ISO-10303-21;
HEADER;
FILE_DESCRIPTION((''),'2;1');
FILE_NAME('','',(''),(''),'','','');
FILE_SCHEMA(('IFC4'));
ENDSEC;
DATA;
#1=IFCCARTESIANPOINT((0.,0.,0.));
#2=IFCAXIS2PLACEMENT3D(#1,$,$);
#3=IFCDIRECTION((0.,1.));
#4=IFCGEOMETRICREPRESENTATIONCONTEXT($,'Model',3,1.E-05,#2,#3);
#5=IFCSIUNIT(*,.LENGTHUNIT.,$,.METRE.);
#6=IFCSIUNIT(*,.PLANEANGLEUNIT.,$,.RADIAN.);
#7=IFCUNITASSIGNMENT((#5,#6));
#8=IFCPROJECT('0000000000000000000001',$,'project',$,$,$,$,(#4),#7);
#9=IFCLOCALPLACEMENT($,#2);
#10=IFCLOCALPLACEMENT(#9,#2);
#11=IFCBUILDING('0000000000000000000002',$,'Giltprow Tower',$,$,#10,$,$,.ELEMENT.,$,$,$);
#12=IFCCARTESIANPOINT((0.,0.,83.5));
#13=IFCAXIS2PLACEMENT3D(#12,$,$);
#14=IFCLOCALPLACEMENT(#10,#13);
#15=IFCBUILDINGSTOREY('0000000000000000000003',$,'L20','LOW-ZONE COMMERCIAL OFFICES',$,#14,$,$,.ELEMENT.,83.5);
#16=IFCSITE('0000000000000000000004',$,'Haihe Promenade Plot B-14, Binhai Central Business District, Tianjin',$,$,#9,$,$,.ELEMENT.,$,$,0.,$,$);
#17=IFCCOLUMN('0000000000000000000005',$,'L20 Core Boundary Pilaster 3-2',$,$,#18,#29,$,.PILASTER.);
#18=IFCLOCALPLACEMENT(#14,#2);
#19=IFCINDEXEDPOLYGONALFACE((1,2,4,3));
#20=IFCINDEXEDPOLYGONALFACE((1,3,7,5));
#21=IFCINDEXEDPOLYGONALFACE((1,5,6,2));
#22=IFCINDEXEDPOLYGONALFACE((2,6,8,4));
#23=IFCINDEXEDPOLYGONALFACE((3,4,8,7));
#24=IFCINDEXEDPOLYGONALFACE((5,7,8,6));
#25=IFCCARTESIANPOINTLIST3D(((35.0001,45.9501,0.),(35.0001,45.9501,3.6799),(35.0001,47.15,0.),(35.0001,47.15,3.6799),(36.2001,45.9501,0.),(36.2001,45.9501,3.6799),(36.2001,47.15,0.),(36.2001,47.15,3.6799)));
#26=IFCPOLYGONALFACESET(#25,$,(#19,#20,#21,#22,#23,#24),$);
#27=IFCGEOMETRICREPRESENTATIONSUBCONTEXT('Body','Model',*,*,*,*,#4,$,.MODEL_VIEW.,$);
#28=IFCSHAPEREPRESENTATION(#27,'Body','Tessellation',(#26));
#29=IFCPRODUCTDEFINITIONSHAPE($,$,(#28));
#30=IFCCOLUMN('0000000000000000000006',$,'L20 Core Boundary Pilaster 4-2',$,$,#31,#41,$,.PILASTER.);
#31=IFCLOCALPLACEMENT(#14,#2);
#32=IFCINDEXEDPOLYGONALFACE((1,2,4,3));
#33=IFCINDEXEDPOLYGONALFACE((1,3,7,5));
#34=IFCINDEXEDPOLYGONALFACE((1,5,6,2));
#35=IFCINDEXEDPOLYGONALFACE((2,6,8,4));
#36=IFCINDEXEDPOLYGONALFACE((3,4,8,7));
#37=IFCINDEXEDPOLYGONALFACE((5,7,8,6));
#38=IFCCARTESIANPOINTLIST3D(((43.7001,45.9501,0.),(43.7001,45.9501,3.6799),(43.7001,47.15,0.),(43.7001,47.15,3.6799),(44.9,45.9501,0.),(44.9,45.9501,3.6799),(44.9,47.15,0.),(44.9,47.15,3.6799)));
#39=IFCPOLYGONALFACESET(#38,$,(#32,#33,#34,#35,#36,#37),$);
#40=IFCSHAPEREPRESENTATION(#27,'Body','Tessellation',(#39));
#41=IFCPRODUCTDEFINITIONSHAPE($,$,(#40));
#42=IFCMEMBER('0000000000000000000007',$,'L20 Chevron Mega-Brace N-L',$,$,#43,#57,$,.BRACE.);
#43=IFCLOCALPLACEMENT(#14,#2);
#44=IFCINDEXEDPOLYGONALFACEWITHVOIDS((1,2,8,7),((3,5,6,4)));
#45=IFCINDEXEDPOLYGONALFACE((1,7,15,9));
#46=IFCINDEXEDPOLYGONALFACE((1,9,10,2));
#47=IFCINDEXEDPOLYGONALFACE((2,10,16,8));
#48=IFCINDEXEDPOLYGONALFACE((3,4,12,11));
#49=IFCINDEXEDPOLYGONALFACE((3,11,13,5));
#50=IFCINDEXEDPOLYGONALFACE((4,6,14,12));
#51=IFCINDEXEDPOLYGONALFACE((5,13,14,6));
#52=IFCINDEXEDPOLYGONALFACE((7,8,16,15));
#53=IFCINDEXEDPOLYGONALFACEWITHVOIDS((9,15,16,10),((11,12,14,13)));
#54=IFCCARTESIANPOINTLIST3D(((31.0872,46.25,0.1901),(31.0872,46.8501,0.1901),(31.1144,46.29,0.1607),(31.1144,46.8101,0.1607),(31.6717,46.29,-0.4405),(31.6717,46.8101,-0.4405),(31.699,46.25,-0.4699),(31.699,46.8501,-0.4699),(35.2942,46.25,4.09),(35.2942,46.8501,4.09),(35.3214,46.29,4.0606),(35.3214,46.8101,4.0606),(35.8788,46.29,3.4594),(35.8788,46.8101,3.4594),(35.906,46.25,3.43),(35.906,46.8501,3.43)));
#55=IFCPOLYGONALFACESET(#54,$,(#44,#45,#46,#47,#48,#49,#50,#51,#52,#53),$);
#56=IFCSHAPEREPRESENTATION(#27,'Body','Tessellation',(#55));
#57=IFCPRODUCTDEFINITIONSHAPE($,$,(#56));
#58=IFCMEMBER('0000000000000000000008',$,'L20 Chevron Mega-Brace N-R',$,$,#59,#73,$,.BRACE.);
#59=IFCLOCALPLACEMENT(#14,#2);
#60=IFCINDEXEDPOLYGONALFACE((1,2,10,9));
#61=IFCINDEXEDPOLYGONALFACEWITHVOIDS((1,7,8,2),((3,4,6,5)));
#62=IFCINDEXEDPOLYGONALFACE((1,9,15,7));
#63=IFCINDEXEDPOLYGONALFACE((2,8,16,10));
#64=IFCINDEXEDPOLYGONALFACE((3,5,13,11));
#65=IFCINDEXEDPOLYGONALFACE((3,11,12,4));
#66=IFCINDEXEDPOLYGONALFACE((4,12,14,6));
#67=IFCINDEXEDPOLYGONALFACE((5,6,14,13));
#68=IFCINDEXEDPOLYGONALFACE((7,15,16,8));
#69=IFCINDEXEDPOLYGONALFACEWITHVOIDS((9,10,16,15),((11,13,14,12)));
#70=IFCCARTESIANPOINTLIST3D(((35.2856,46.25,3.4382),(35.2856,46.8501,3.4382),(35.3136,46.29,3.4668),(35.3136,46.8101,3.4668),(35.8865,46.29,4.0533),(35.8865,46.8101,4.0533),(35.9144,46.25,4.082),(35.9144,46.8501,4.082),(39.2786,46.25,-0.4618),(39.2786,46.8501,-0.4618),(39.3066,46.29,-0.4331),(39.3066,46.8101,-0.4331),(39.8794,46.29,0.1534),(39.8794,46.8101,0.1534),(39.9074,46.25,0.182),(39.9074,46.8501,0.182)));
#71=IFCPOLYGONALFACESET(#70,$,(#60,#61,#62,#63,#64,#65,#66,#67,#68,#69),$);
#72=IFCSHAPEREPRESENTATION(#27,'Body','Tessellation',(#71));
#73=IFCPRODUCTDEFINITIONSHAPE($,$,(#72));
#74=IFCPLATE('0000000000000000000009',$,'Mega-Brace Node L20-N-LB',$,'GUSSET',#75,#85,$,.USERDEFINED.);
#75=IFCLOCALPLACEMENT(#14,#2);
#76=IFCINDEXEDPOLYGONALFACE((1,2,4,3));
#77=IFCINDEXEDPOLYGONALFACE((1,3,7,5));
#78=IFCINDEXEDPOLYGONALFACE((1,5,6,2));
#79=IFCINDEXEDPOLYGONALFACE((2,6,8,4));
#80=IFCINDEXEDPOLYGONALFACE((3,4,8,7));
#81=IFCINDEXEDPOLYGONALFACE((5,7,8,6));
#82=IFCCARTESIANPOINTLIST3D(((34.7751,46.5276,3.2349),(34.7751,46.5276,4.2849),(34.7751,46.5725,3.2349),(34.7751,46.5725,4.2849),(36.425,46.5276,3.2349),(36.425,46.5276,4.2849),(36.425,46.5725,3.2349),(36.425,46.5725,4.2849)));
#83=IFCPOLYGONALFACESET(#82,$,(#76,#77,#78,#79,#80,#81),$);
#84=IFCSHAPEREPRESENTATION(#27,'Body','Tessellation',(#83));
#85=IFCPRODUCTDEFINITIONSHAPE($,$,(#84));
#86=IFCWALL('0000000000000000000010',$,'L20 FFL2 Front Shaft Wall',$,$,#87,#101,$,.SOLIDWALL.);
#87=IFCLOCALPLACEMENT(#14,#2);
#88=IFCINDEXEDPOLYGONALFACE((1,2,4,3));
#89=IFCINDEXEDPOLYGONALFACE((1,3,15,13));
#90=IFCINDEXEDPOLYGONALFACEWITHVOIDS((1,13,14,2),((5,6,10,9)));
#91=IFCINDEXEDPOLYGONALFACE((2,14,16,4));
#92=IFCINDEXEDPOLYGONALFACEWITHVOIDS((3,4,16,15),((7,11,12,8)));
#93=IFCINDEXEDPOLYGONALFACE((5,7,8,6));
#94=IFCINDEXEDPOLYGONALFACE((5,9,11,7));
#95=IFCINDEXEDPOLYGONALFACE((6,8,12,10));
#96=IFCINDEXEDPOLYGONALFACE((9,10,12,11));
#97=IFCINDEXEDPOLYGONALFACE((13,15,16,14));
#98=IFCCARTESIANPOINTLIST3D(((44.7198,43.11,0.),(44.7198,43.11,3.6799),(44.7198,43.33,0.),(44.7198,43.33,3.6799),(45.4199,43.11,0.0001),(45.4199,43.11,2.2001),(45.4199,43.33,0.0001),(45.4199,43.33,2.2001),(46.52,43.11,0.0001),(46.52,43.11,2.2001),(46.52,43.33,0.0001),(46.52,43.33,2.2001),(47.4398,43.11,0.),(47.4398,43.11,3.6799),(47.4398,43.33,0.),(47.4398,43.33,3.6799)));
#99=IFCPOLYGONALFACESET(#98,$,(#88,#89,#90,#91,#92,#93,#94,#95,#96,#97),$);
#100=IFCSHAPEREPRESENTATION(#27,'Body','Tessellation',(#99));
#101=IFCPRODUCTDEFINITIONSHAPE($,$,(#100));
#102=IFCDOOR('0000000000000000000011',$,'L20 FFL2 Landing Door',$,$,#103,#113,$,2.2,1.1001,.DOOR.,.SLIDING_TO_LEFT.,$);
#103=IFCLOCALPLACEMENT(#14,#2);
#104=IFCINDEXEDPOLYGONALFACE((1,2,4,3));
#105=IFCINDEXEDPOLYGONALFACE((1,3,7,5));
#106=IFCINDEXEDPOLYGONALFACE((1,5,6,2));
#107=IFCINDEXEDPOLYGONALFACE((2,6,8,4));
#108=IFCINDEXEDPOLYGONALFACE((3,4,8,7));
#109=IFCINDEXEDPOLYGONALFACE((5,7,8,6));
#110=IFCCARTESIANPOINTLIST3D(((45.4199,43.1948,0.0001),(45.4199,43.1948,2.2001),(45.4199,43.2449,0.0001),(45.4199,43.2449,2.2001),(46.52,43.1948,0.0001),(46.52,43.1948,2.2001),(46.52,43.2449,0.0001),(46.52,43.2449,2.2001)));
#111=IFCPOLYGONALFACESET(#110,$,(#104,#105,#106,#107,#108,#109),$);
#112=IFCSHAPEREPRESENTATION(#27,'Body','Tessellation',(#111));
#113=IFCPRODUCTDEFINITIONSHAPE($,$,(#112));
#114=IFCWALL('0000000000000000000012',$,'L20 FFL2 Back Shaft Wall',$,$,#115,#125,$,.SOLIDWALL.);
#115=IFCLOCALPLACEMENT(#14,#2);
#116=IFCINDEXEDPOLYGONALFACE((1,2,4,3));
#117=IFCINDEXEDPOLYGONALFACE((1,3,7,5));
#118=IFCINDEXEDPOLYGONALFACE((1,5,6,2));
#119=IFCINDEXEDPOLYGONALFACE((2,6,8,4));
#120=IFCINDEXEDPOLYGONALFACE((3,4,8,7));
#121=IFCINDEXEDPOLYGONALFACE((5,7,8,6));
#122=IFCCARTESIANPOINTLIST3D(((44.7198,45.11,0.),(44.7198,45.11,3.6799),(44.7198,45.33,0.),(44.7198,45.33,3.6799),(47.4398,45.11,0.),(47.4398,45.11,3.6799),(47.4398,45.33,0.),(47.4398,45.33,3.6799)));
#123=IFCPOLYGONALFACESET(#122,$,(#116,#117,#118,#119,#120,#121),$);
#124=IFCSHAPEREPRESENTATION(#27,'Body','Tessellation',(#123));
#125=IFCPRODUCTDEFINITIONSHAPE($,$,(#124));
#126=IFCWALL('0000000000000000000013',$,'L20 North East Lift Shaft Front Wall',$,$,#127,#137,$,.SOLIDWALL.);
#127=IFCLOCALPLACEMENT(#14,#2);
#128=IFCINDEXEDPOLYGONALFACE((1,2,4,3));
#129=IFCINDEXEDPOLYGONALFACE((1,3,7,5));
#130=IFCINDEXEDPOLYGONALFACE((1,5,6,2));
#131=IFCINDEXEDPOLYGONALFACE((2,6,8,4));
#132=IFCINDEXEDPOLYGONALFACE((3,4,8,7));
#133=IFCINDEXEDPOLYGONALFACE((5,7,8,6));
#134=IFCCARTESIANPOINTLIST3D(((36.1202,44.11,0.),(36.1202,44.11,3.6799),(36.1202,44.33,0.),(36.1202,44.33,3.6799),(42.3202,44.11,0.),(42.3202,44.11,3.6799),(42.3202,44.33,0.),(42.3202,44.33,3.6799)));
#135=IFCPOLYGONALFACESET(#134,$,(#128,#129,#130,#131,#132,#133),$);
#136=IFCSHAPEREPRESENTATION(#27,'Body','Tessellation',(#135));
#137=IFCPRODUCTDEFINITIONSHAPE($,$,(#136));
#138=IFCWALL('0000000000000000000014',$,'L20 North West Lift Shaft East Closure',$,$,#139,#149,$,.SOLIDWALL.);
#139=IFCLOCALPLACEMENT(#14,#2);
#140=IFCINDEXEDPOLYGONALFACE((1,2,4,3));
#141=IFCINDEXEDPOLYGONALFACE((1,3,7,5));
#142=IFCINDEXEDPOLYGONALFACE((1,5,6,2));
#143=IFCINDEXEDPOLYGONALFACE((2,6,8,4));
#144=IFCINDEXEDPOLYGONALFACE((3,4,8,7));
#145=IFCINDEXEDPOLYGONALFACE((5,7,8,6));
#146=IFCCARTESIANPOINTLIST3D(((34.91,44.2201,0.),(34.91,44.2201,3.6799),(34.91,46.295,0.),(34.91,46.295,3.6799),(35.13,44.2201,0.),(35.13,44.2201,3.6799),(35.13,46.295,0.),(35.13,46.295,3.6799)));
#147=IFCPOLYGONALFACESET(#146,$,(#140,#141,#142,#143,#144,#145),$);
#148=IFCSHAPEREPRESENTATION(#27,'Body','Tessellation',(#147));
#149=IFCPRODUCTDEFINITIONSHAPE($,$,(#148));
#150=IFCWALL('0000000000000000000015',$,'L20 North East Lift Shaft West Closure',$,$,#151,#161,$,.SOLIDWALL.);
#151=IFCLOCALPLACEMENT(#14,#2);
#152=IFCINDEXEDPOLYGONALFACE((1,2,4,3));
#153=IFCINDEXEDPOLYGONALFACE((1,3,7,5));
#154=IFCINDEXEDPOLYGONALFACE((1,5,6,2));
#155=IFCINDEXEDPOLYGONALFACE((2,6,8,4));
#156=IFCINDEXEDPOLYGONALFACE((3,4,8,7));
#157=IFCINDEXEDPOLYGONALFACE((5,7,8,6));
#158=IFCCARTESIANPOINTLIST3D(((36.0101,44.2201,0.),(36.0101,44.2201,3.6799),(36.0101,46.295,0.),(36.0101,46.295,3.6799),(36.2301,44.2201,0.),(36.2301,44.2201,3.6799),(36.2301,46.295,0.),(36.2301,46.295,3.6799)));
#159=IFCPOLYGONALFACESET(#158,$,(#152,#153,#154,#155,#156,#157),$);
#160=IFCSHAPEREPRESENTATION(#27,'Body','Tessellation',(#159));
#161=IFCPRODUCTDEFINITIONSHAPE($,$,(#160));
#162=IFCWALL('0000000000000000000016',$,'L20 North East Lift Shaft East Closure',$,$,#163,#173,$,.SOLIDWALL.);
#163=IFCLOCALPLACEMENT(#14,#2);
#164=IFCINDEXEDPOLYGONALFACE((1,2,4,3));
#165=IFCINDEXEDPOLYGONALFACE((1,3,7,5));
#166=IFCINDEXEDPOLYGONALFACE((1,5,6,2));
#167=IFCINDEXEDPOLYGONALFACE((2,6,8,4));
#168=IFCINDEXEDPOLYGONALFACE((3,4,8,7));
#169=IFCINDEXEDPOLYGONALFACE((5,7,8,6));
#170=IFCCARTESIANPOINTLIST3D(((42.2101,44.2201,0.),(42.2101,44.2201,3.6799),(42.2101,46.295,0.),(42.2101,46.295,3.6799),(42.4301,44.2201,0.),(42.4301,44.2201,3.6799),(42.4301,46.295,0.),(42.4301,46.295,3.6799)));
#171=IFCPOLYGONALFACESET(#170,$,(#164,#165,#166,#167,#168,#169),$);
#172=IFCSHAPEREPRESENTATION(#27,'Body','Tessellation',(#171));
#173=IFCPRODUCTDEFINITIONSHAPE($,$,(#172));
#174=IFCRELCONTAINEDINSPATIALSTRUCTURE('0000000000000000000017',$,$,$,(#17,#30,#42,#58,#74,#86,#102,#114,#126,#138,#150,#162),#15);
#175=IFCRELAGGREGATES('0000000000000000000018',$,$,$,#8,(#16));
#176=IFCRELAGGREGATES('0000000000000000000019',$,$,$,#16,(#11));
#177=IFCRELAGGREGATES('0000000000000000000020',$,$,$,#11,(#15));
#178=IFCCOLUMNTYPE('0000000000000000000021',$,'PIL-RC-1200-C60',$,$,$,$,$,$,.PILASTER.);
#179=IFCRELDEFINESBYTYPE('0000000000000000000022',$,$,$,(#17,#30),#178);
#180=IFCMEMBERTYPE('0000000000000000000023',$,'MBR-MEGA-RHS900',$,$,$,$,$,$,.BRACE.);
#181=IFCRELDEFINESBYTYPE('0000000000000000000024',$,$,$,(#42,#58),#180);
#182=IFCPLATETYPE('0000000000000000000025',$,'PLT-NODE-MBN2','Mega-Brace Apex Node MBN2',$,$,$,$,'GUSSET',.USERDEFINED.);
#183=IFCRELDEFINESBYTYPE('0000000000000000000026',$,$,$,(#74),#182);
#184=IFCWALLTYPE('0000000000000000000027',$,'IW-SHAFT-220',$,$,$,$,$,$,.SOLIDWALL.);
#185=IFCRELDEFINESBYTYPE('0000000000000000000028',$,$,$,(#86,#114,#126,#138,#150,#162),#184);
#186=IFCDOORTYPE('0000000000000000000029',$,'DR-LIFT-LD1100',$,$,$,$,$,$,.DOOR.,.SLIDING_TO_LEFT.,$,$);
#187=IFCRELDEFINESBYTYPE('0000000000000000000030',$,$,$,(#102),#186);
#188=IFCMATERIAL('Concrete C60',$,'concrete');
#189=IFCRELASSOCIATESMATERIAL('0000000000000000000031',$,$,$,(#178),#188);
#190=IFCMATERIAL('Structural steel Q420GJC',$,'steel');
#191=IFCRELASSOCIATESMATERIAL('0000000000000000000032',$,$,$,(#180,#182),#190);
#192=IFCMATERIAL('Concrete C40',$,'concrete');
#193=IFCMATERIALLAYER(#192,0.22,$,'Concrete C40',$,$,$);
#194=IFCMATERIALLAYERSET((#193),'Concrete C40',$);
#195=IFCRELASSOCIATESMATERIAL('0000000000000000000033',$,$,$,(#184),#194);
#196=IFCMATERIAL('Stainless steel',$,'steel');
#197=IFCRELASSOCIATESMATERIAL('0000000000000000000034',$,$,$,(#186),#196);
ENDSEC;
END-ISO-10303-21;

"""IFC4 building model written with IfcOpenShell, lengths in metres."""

from ifc_helpers import new_model, si_unit, direction, frame, frame_2d, origin, origin_2d, place, context, subcontext, project, spatial, rectangle, hollow_rectangle, extrude, source, transform, mapped, material, layer, layer_set, material_profile, profile_set, type_object, element, fill, save


model = new_model("IFC4")

# Units and contexts
model_context = context("Model", 3, precision=1e-05, world=origin(), true_north=direction((0.0, 1.0)))
body_context = subcontext(model_context, "Body", "Model", "MODEL_VIEW")
ifc_project = project(units=[si_unit("LENGTHUNIT", "METRE"), si_unit("PLANEANGLEUNIT", "RADIAN")], contexts=[model_context])

# Site, building, storey
site_placement = place(None, origin())
site = spatial("IfcSite", under=ifc_project, at=site_placement, Name="Haihe Promenade Plot B-14, Binhai Central Business District, Tianjin", CompositionType="ELEMENT", RefElevation=0.0)
building_placement = place(site_placement, origin())
building = spatial("IfcBuilding", under=site, at=building_placement, Name="Giltprow Tower", CompositionType="ELEMENT")
storey_placement = place(building_placement, frame((0.0, 0.0, 83.5)))
storey = spatial("IfcBuildingStorey", under=building, at=storey_placement, Name="L20", Description="LOW-ZONE COMMERCIAL OFFICES", CompositionType="ELEMENT", Elevation=83.5)

# Columns
ifc_material_1 = material(Name="Concrete C60", Category="concrete")
ifc_material_profile_1 = material_profile(ifc_material_1, rectangle(XDim=1.2, YDim=1.2, at=origin_2d()), Name="RC 1200x1200")
ifc_profile_set_1 = profile_set([ifc_material_profile_1], Name="Concrete C60")
column_type = type_object("IfcColumnType", Name="PIL-RC-1200-C60", PredefinedType="PILASTER", material=ifc_profile_set_1)
shared_shape_1 = source(origin(), body_context, "Body", "SweptSolid", [
    extrude(rectangle(XDim=1.2, YDim=1.2, at=origin_2d()), origin(), (0.0, 0.0, 1.0), 3.6799),
])
for number, where, z_axis, x_axis, name in (
    (1, (35.6001, 46.55, 0.0), (0.0, 0.0, 1.0), (1.0, 0.0, 0.0), "L20 Core Boundary Pilaster 3-2"),
    (2, (44.3, 46.55, 0.0), (0.0, 0.0, 1.0), (1.0, 0.0, 0.0), "L20 Core Boundary Pilaster 4-2"),
):
    element("IfcColumn", number, at=place(storey_placement, frame(where, z_axis=z_axis, x_axis=x_axis)), inside=storey, type_object=column_type, Name=name, PredefinedType="PILASTER", context=body_context, shape_type="MappedRepresentation", body=[
        mapped(shared_shape_1, transform((0.0, 0.0, 0.0), x_axis=(1.0, 0.0, 0.0), y_axis=(0.0, 1.0, 0.0), z_axis=(0.0, 0.0, 1.0), scale=1.0)),
    ])

# Members
ifc_material_2 = material(Name="Structural steel Q420GJC", Category="steel")
ifc_material_profile_2 = material_profile(ifc_material_2, hollow_rectangle(XDim=0.6001, YDim=0.8999, WallThickness=0.04, at=origin_2d()), Name="RHS 900x600x40")
ifc_profile_set_2 = profile_set([ifc_material_profile_2], Name="Structural steel Q420GJC")
member_type = type_object("IfcMemberType", Name="MBR-MEGA-RHS900", PredefinedType="BRACE", material=ifc_profile_set_2)
shared_shape_2 = source(origin(), body_context, "Body", "SweptSolid", [
    extrude(hollow_rectangle(XDim=0.6001, YDim=0.8999, WallThickness=0.04, at=origin_2d()), origin(), (0.0, 0.0, 1.0), 5.7366),
])
member_1_placement = place(storey_placement, frame((31.3931, 46.55, -0.1399), z_axis=(0.733369, 0.0, 0.679831), x_axis=(0.0, 1.0, 0.0)))
element("IfcMember", 3, at=member_1_placement, inside=storey, type_object=member_type, Name="L20 Chevron Mega-Brace N-L", PredefinedType="BRACE", context=body_context, shape_type="MappedRepresentation", body=[
    mapped(shared_shape_2, transform((0.0, 0.0, 0.0), x_axis=(1.0, 0.0, 0.0), y_axis=(0.0, 1.0, 0.0), z_axis=(0.0, 0.0, 1.0), scale=1.0)),
])
shared_shape_3 = source(origin(), body_context, "Body", "SweptSolid", [
    extrude(hollow_rectangle(XDim=0.6001, YDim=0.8999, WallThickness=0.04, at=origin_2d()), origin(), (0.0, 0.0, 1.0), 5.5815),
])
member_2_placement = place(storey_placement, frame((39.593, 46.55, -0.1399), z_axis=(-0.71539, 0.0, 0.698725), x_axis=(0.0, -1.0, 0.0)))
element("IfcMember", 4, at=member_2_placement, inside=storey, type_object=member_type, Name="L20 Chevron Mega-Brace N-R", PredefinedType="BRACE", context=body_context, shape_type="MappedRepresentation", body=[
    mapped(shared_shape_3, transform((0.0, 0.0, 0.0), x_axis=(1.0, 0.0, 0.0), y_axis=(0.0, 1.0, 0.0), z_axis=(0.0, 0.0, 1.0), scale=1.0)),
])

# Plate
plate_type = type_object("IfcPlateType", Name="PLT-NODE-MBN2", Description="Mega-Brace Apex Node MBN2", ElementType="GUSSET", PredefinedType="USERDEFINED", material=ifc_material_2)
shared_shape_4 = source(origin(), body_context, "Body", "SweptSolid", [
    extrude(rectangle(XDim=1.6499, YDim=0.0449, at=origin_2d()), origin(), (0.0, 0.0, 1.0), 1.05),
])
plate_placement = place(storey_placement, frame((35.6001, 46.55, 3.2349), z_axis=(0.0, 0.0, 1.0), x_axis=(1.0, 0.0, 0.0)))
element("IfcPlate", 5, at=plate_placement, inside=storey, type_object=plate_type, Name="Mega-Brace Node L20-N-LB", ObjectType="GUSSET", PredefinedType="USERDEFINED", context=body_context, shape_type="MappedRepresentation", body=[
    mapped(shared_shape_4, transform((0.0, 0.0, 0.0), x_axis=(1.0, 0.0, 0.0), y_axis=(0.0, 1.0, 0.0), z_axis=(0.0, 0.0, 1.0), scale=1.0)),
])

# Wall, opening, door
ifc_material_3 = material(Name="Concrete C40", Category="concrete")
ifc_layer_1 = layer(ifc_material_3, 0.22, Name="Concrete C40")
ifc_layer_set_1 = layer_set([ifc_layer_1], Name="Concrete C40")
wall_type_1 = type_object("IfcWallType", Name="IW-SHAFT-220", PredefinedType="SOLIDWALL", material=ifc_layer_set_1)
wall_1_placement = place(storey_placement, frame((44.72, 43.22, 0.0), z_axis=(0.0, 0.0, 1.0), x_axis=(1.0, 0.0, 0.0)))
wall_1 = element("IfcWall", 6, at=wall_1_placement, inside=storey, type_object=wall_type_1, Name="L20 FFL2 Front Shaft Wall", PredefinedType="SOLIDWALL", context=body_context, shape_type="SweptSolid", body=[
    extrude(rectangle(XDim=2.72, YDim=0.22, at=frame_2d((1.3599, 0.0))), origin(), (0.0, 0.0, 1.0), 3.6799),
])
opening_1_placement = place(wall_1_placement, frame((0.7, 0.0, 0.0)))
opening_1 = element("IfcOpeningElement", 7, at=opening_1_placement, cuts=wall_1, PredefinedType="OPENING", context=body_context, shape_type="SweptSolid", body=[
    extrude(rectangle(XDim=1.1001, YDim=2.2, at=frame_2d((0.55, 1.1001))), frame((0.0, 0.1199, 0.0), z_axis=(0.0, -1.0, 0.0), x_axis=(1.0, 0.0, 0.0)), (0.0, 0.0, 1.0), 0.24),
])
ifc_material_4 = material(Name="Stainless steel", Category="steel")
door_type = type_object("IfcDoorType", Name="DR-LIFT-LD1100", OperationType="SLIDING_TO_LEFT", PredefinedType="DOOR", material=ifc_material_4)
shared_shape_5 = source(origin(), body_context, "Body", "SweptSolid", [
    extrude(rectangle(XDim=1.1001, YDim=2.2, at=frame_2d((0.55, 1.1001))), frame((0.0, 0.0249, 0.0), z_axis=(0.0, -1.0, 0.0), x_axis=(1.0, 0.0, 0.0)), (0.0, 0.0, 1.0), 0.05),
])
door_1_placement = place(opening_1_placement, origin())
door_1 = element("IfcDoor", 8, at=door_1_placement, inside=storey, type_object=door_type, Name="L20 FFL2 Landing Door", OperationType="SLIDING_TO_LEFT", OverallHeight=2.2, OverallWidth=1.1001, PredefinedType="DOOR", context=body_context, shape_type="MappedRepresentation", body=[
    mapped(shared_shape_5, transform((0.0, 0.0, 0.0), x_axis=(1.0, 0.0, 0.0), y_axis=(0.0, 1.0, 0.0), z_axis=(0.0, 0.0, 1.0), scale=1.0)),
])
fill(opening_1, door_1)

# Walls
wall_2_placement = place(storey_placement, frame((44.72, 45.22, 0.0), z_axis=(0.0, 0.0, 1.0), x_axis=(1.0, 0.0, 0.0)))
element("IfcWall", 9, at=wall_2_placement, inside=storey, type_object=wall_type_1, Name="L20 FFL2 Back Shaft Wall", PredefinedType="SOLIDWALL", context=body_context, shape_type="SweptSolid", body=[
    extrude(rectangle(XDim=2.72, YDim=0.22, at=frame_2d((1.3599, 0.0))), origin(), (0.0, 0.0, 1.0), 3.6799),
])
wall_3_placement = place(storey_placement, frame((36.1201, 44.22, 0.0), z_axis=(0.0, 0.0, 1.0), x_axis=(1.0, 0.0, 0.0)))
element("IfcWall", 10, at=wall_3_placement, inside=storey, type_object=wall_type_1, Name="L20 North East Lift Shaft Front Wall", PredefinedType="SOLIDWALL", context=body_context, shape_type="SweptSolid", body=[
    extrude(rectangle(XDim=6.2, YDim=0.22, at=frame_2d((3.1001, 0.0))), origin(), (0.0, 0.0, 1.0), 3.6799),
])
for number, where, z_axis, x_axis, name in (
    (11, (35.02, 44.22, 0.0), (0.0, 0.0, 1.0), (0.0, 1.0, 0.0), "L20 North West Lift Shaft East Closure"),
    (12, (36.1201, 44.22, 0.0), (0.0, 0.0, 1.0), (0.0, 1.0, 0.0), "L20 North East Lift Shaft West Closure"),
    (13, (42.3201, 44.22, 0.0), (0.0, 0.0, 1.0), (0.0, 1.0, 0.0), "L20 North East Lift Shaft East Closure"),
):
    element("IfcWall", number, at=place(storey_placement, frame(where, z_axis=z_axis, x_axis=x_axis)), inside=storey, type_object=wall_type_1, Name=name, PredefinedType="SOLIDWALL", context=body_context, shape_type="SweptSolid", body=[
        extrude(rectangle(XDim=2.075, YDim=0.22, at=frame_2d((1.0376, 0.0))), origin(), (0.0, 0.0, 1.0), 3.6799),
    ])

save(model, "model.ifc")
